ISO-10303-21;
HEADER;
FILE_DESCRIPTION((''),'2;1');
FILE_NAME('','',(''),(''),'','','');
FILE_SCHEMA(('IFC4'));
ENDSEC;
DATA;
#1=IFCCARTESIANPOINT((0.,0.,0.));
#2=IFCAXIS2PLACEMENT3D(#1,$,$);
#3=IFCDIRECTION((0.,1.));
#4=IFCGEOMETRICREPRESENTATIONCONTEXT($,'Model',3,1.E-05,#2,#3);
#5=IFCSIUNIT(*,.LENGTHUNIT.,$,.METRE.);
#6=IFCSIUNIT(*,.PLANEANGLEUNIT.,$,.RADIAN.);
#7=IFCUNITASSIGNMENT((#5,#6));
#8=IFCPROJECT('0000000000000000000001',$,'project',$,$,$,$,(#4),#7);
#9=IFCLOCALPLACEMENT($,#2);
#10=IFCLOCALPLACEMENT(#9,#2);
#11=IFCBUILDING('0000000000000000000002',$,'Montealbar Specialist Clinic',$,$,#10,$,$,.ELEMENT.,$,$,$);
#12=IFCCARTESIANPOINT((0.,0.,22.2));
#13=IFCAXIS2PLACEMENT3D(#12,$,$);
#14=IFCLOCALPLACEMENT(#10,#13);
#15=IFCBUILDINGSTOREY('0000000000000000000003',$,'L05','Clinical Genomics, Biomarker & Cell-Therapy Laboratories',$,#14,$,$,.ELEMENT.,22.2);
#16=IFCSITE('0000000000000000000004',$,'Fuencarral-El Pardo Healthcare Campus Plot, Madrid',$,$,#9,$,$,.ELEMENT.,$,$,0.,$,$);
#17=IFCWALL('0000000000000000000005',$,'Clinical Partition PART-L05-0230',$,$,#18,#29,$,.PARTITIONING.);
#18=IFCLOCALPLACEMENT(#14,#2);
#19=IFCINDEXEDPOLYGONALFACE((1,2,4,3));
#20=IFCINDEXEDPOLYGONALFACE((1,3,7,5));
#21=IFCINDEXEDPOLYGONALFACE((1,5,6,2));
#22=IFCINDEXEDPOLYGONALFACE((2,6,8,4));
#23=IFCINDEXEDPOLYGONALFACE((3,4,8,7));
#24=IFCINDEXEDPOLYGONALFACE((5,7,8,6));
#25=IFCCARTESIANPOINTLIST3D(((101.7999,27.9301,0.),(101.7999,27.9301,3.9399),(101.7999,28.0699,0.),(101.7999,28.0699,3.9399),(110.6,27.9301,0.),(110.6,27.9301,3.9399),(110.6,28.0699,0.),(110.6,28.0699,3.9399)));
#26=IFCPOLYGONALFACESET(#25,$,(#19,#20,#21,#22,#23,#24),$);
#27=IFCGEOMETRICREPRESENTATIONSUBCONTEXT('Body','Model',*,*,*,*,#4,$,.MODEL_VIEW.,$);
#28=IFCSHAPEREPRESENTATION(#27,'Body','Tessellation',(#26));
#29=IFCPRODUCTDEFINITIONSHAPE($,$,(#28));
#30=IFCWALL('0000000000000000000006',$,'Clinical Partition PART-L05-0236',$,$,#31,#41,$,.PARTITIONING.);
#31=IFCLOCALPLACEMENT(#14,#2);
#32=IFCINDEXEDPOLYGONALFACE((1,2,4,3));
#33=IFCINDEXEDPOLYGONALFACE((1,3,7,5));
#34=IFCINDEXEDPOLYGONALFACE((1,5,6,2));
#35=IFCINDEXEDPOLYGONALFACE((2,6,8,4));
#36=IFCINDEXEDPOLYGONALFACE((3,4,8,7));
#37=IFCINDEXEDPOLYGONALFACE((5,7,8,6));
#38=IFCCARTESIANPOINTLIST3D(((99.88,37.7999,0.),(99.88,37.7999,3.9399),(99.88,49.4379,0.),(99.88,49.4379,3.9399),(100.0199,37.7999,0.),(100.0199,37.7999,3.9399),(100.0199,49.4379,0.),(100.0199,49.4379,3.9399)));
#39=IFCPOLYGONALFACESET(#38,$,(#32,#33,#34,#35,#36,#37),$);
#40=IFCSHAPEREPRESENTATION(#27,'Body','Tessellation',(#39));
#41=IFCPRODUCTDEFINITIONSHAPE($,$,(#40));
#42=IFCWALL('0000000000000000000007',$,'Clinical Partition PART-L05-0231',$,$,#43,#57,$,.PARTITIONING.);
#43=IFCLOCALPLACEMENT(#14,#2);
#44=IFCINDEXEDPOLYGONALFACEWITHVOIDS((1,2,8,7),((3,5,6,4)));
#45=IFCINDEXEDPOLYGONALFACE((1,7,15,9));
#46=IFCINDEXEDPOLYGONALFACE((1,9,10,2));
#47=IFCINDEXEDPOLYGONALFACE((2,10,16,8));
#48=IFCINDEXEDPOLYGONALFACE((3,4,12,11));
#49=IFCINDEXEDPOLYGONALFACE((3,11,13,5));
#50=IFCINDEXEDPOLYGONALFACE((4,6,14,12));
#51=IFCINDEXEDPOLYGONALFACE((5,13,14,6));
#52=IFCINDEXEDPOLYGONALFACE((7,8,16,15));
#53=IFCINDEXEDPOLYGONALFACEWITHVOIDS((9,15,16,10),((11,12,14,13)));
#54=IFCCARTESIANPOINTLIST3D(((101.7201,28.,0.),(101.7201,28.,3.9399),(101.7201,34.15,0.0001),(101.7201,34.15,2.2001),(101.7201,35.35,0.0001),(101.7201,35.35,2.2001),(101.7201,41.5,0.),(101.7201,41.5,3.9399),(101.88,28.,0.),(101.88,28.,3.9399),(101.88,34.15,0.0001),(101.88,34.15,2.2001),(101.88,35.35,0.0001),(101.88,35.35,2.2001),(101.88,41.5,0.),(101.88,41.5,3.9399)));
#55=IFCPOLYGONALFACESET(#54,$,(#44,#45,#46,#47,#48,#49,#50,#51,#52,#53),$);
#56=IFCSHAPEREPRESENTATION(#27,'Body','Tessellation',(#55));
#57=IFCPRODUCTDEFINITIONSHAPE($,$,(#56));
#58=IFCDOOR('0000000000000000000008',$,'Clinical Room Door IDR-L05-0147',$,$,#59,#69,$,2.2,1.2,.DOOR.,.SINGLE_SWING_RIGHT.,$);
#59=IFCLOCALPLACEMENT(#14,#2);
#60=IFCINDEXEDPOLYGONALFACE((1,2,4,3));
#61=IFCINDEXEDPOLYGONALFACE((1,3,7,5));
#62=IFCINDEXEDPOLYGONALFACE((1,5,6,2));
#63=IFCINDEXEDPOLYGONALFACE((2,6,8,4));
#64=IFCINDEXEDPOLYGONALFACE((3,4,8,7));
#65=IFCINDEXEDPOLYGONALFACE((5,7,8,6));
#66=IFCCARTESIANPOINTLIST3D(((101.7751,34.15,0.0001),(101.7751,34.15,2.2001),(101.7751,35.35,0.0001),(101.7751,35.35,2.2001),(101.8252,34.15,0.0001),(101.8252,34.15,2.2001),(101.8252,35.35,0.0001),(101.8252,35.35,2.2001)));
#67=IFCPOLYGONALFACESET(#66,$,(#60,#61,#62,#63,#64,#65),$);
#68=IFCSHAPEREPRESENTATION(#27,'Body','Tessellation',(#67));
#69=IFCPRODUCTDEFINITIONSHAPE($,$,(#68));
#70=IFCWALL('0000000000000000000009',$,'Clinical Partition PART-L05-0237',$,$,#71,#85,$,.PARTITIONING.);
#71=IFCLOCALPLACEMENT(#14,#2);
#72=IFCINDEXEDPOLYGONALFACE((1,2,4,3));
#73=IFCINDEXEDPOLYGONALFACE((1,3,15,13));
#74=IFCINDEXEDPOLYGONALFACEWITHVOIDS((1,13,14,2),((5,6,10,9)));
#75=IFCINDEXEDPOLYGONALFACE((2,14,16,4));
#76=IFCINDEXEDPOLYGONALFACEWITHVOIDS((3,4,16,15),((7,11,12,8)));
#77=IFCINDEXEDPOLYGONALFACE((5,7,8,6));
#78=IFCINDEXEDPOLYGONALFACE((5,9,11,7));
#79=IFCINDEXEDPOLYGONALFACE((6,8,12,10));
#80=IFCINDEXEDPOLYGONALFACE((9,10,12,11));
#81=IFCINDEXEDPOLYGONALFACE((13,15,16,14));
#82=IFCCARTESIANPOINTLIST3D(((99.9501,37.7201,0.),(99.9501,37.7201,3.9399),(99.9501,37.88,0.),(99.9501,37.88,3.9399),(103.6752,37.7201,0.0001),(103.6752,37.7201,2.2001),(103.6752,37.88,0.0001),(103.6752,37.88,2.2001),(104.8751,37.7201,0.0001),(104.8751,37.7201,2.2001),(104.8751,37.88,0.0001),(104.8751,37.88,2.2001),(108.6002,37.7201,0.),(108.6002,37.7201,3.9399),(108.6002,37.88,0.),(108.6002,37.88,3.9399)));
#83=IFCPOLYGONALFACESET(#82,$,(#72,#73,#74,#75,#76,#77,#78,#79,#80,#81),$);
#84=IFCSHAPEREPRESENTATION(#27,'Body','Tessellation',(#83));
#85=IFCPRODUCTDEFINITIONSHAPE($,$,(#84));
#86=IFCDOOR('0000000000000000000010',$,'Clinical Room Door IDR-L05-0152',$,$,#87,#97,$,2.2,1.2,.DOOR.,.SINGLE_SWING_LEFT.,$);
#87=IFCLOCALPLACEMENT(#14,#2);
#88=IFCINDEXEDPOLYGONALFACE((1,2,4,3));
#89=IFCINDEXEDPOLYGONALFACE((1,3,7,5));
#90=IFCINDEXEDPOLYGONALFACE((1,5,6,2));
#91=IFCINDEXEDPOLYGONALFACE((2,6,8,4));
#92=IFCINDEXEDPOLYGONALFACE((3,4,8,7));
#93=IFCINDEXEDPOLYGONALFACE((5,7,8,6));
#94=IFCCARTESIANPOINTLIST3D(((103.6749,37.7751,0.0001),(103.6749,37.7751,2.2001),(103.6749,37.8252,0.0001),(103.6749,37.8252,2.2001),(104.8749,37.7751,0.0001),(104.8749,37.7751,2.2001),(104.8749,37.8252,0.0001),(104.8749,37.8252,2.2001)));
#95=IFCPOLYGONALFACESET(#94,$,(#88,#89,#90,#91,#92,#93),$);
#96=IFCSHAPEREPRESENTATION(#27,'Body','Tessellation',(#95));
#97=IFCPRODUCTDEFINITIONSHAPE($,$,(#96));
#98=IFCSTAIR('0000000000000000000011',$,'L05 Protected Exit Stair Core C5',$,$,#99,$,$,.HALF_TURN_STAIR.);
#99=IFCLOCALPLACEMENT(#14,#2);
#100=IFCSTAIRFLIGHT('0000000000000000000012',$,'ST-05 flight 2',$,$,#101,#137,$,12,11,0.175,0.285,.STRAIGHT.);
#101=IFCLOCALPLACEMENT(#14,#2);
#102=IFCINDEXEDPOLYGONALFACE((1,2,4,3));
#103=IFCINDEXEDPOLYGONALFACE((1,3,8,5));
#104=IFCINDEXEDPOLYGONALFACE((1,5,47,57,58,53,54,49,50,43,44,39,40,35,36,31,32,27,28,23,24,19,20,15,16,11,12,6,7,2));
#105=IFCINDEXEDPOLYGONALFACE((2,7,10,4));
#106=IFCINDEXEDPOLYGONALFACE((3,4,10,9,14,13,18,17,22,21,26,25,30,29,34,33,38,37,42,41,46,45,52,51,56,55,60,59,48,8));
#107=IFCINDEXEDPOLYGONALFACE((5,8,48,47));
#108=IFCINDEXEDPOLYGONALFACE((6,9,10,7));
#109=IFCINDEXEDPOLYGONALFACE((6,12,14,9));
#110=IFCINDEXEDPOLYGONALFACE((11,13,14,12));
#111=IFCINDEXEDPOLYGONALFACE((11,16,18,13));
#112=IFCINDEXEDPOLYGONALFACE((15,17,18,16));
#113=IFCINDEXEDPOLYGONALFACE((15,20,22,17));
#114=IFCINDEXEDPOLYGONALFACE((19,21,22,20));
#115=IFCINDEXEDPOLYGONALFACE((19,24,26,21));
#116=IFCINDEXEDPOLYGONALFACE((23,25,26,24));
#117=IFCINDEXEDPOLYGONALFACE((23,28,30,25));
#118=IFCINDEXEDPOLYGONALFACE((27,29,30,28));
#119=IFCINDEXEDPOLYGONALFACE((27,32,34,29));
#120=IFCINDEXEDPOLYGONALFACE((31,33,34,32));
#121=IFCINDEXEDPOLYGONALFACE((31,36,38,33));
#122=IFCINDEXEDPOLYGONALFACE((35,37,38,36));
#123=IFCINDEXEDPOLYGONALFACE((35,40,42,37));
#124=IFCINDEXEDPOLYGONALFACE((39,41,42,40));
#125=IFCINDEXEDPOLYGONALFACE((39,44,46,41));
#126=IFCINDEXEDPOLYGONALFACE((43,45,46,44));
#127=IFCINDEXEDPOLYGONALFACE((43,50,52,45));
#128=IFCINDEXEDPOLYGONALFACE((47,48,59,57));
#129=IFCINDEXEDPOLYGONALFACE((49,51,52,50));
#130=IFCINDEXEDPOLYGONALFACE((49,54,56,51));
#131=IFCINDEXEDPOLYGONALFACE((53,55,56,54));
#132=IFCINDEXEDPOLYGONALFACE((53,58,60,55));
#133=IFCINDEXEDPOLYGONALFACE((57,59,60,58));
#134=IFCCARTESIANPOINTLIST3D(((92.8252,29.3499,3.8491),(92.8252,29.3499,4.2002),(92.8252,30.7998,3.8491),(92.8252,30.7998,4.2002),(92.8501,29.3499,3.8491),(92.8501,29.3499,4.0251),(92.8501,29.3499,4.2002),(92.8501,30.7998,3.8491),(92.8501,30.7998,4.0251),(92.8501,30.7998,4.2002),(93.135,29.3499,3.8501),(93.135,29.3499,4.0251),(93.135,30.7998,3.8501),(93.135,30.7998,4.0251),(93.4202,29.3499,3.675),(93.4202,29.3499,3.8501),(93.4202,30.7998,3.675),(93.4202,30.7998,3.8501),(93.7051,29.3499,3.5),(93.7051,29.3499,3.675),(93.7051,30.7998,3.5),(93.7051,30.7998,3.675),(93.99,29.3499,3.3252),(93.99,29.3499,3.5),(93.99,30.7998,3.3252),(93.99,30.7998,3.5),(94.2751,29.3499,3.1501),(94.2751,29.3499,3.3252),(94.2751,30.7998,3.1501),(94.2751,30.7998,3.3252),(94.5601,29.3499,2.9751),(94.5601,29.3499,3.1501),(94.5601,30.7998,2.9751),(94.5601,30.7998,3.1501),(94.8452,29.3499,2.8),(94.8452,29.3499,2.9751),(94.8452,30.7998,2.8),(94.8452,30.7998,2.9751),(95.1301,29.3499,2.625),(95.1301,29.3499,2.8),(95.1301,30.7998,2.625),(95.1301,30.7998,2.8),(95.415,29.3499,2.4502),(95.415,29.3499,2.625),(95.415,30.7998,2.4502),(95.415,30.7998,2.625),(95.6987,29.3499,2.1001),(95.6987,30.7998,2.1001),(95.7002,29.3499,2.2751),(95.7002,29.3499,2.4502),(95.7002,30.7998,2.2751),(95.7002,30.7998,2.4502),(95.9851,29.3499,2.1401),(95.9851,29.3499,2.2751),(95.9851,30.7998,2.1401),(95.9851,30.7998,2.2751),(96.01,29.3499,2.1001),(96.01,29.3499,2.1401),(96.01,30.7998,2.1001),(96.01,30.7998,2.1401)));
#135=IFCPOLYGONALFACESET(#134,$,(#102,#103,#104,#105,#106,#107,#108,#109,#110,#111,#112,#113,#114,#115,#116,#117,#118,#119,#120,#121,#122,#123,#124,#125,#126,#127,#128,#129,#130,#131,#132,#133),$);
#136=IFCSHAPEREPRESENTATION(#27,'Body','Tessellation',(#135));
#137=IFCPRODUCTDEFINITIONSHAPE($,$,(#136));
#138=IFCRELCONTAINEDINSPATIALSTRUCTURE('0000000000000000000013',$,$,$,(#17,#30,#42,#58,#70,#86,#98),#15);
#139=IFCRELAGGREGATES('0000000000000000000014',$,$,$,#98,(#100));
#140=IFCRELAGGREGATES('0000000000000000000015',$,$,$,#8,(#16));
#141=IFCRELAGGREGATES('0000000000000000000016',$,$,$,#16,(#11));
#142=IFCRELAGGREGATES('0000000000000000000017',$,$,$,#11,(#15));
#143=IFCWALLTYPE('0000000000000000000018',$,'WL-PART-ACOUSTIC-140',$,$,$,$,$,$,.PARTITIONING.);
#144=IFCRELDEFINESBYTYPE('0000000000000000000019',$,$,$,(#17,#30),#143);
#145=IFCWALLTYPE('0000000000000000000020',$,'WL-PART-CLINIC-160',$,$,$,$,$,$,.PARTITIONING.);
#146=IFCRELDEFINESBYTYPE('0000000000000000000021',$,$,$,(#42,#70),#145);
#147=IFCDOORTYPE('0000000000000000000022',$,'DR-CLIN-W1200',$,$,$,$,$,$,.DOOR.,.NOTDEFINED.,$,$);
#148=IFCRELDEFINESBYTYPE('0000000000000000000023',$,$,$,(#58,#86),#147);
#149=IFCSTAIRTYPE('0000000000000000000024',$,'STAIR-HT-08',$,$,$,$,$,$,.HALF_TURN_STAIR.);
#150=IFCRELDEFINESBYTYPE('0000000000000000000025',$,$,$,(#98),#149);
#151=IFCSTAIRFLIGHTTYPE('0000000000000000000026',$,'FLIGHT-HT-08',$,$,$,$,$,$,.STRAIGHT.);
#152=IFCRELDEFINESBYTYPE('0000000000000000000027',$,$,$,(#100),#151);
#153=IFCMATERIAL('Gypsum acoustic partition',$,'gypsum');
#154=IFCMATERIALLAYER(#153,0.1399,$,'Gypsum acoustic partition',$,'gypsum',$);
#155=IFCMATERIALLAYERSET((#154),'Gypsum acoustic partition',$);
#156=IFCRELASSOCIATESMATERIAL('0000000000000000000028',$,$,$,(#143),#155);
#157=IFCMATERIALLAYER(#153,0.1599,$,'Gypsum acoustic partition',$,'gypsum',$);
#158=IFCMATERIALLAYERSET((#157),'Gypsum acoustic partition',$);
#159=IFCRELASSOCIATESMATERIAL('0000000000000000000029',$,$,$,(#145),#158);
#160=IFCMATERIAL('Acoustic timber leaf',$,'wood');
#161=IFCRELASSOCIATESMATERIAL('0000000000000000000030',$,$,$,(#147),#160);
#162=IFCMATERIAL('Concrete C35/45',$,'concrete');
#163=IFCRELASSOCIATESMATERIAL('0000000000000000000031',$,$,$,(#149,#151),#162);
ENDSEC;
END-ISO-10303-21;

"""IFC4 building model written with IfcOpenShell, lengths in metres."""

from ifc_helpers import new_model, si_unit, direction, frame, frame_2d, origin, place, context, subcontext, project, spatial, polyline, rectangle, outline, extrude, material, layer, layer_set, type_object, element, fill, aggregate, save


model = new_model("IFC4")

# Units and contexts
model_context = context("Model", 3, precision=1e-05, world=origin(), true_north=direction((0.0, 1.0)))
body_context = subcontext(model_context, "Body", "Model", "MODEL_VIEW")
ifc_project = project(units=[si_unit("LENGTHUNIT", "METRE"), si_unit("PLANEANGLEUNIT", "RADIAN")], contexts=[model_context])

# Site, building, storey
site_placement = place(None, origin())
site = spatial("IfcSite", under=ifc_project, at=site_placement, Name="Fuencarral-El Pardo Healthcare Campus Plot, Madrid", CompositionType="ELEMENT", RefElevation=0.0)
building_placement = place(site_placement, origin())
building = spatial("IfcBuilding", under=site, at=building_placement, Name="Montealbar Specialist Clinic", CompositionType="ELEMENT")
storey_placement = place(building_placement, frame((0.0, 0.0, 22.2)))
storey = spatial("IfcBuildingStorey", under=building, at=storey_placement, Name="L05", Description="Clinical Genomics, Biomarker & Cell-Therapy Laboratories", CompositionType="ELEMENT", Elevation=22.2)

# Shared definitions
ifc_material_1 = material(Name="Concrete C35/45", Category="concrete")

# Walls
ifc_material_2 = material(Name="Gypsum acoustic partition", Category="gypsum")
ifc_layer_1 = layer(ifc_material_2, 0.1399, Name="Gypsum acoustic partition", Category="gypsum")
ifc_layer_set_1 = layer_set([ifc_layer_1], Name="Gypsum acoustic partition")
wall_type_1 = type_object("IfcWallType", Name="WL-PART-ACOUSTIC-140", PredefinedType="PARTITIONING", material=ifc_layer_set_1)
wall_1_placement = place(storey_placement, frame((101.8, 28.0, 0.0), z_axis=(0.0, 0.0, 1.0), x_axis=(1.0, 0.0, 0.0)))
element("IfcWall", 1, at=wall_1_placement, inside=storey, type_object=wall_type_1, Name="Clinical Partition PART-L05-0230", PredefinedType="PARTITIONING", context=body_context, shape_type="SweptSolid", body=[
    extrude(rectangle(XDim=8.8, YDim=0.1399, at=frame_2d((4.3999, 0.0))), origin(), (0.0, 0.0, 1.0), 3.9399),
])
wall_2_placement = place(storey_placement, frame((99.95, 37.8, 0.0), z_axis=(0.0, 0.0, 1.0), x_axis=(0.0, 1.0, 0.0)))
element("IfcWall", 2, at=wall_2_placement, inside=storey, type_object=wall_type_1, Name="Clinical Partition PART-L05-0236", PredefinedType="PARTITIONING", context=body_context, shape_type="SweptSolid", body=[
    extrude(rectangle(XDim=11.6379, YDim=0.1399, at=frame_2d((5.8188, 0.0))), origin(), (0.0, 0.0, 1.0), 3.9399),
])

# Walls, openings, doors
ifc_layer_2 = layer(ifc_material_2, 0.1599, Name="Gypsum acoustic partition", Category="gypsum")
ifc_layer_set_2 = layer_set([ifc_layer_2], Name="Gypsum acoustic partition")
wall_type_2 = type_object("IfcWallType", Name="WL-PART-CLINIC-160", PredefinedType="PARTITIONING", material=ifc_layer_set_2)
wall_3_placement = place(storey_placement, frame((101.8, 28.0, 0.0), z_axis=(0.0, 0.0, 1.0), x_axis=(0.0, 1.0, 0.0)))
wall_3 = element("IfcWall", 3, at=wall_3_placement, inside=storey, type_object=wall_type_2, Name="Clinical Partition PART-L05-0231", PredefinedType="PARTITIONING", context=body_context, shape_type="SweptSolid", body=[
    extrude(rectangle(XDim=13.5, YDim=0.1599, at=frame_2d((6.75, 0.0))), origin(), (0.0, 0.0, 1.0), 3.9399),
])
opening_1_placement = place(wall_3_placement, frame((6.1499, 0.0, 0.0)))
opening_1 = element("IfcOpeningElement", 4, at=opening_1_placement, cuts=wall_3, PredefinedType="OPENING", context=body_context, shape_type="SweptSolid", body=[
    extrude(rectangle(XDim=1.2, YDim=2.2, at=frame_2d((0.6001, 1.1001))), frame((0.0, 0.0898, 0.0), z_axis=(0.0, -1.0, 0.0), x_axis=(1.0, 0.0, 0.0)), (0.0, 0.0, 1.0), 0.1799),
])
ifc_material_3 = material(Name="Acoustic timber leaf", Category="wood")
door_type_1 = type_object("IfcDoorType", Name="DR-CLIN-W1200", OperationType="NOTDEFINED", PredefinedType="DOOR", material=ifc_material_3)
door_1_placement = place(opening_1_placement, origin())
door_1 = element("IfcDoor", 5, at=door_1_placement, inside=storey, type_object=door_type_1, Name="Clinical Room Door IDR-L05-0147", OperationType="SINGLE_SWING_RIGHT", OverallHeight=2.2, OverallWidth=1.2, PredefinedType="DOOR", context=body_context, shape_type="SweptSolid", body=[
    extrude(rectangle(XDim=1.2, YDim=2.2, at=frame_2d((0.6001, 1.1001))), frame((0.0, 0.0249, 0.0), z_axis=(0.0, -1.0, 0.0), x_axis=(1.0, 0.0, 0.0)), (0.0, 0.0, 1.0), 0.05),
])
fill(opening_1, door_1)
wall_4_placement = place(storey_placement, frame((99.95, 37.8, 0.0), z_axis=(0.0, 0.0, 1.0), x_axis=(1.0, 0.0, 0.0)))
wall_4 = element("IfcWall", 6, at=wall_4_placement, inside=storey, type_object=wall_type_2, Name="Clinical Partition PART-L05-0237", PredefinedType="PARTITIONING", context=body_context, shape_type="SweptSolid", body=[
    extrude(rectangle(XDim=8.6501, YDim=0.1599, at=frame_2d((4.3252, 0.0))), origin(), (0.0, 0.0, 1.0), 3.9399),
])
opening_2_placement = place(wall_4_placement, frame((3.7251, 0.0, 0.0)))
opening_2 = element("IfcOpeningElement", 7, at=opening_2_placement, cuts=wall_4, PredefinedType="OPENING", context=body_context, shape_type="SweptSolid", body=[
    extrude(rectangle(XDim=1.2, YDim=2.2, at=frame_2d((0.6001, 1.1001))), frame((0.0, 0.0898, 0.0), z_axis=(0.0, -1.0, 0.0), x_axis=(1.0, 0.0, 0.0)), (0.0, 0.0, 1.0), 0.1799),
])
door_2_placement = place(opening_2_placement, frame((1.2, 0.0, 0.0), z_axis=(0.0, 0.0, 1.0), x_axis=(-1.0, 0.0, 0.0)))
door_2 = element("IfcDoor", 8, at=door_2_placement, inside=storey, type_object=door_type_1, Name="Clinical Room Door IDR-L05-0152", OperationType="SINGLE_SWING_LEFT", OverallHeight=2.2, OverallWidth=1.2, PredefinedType="DOOR", context=body_context, shape_type="SweptSolid", body=[
    extrude(rectangle(XDim=1.2, YDim=2.2, at=frame_2d((0.6001, 1.1001))), frame((0.0, 0.0249, 0.0), z_axis=(0.0, -1.0, 0.0), x_axis=(1.0, 0.0, 0.0)), (0.0, 0.0, 1.0), 0.05),
])
fill(opening_2, door_2)

# Stair, stair flight
stair_type = type_object("IfcStairType", Name="STAIR-HT-08", PredefinedType="HALF_TURN_STAIR", material=ifc_material_1)
stair_placement = place(storey_placement, origin())
stair = element("IfcStair", 9, at=stair_placement, inside=storey, type_object=stair_type, Name="L05 Protected Exit Stair Core C5", PredefinedType="HALF_TURN_STAIR")
stair_flight_type = type_object("IfcStairFlightType", Name="FLIGHT-HT-08", PredefinedType="STRAIGHT", material=ifc_material_1)
stair_flight_placement = place(storey_placement, frame((95.9851, 30.075, 2.1001), z_axis=(0.0, 0.0, 1.0), x_axis=(-1.0, 0.0, 0.0)))
stair_flight = element("IfcStairFlight", 10, at=stair_flight_placement, type_object=stair_flight_type, Name="ST-05 flight 2", NumberOfRisers=12, NumberOfTreads=11, PredefinedType="STRAIGHT", RiserHeight=0.175, TreadLength=0.285, context=body_context, shape_type="SweptSolid", body=[
    extrude(outline(polyline([(-0.0249, 0.0), (-0.0249, 0.04), (0.0, 0.04), (0.0, 0.175), (0.2849, 0.175), (0.2849, 0.3501), (0.5701, 0.3501), (0.5701, 0.5249), (0.855, 0.5249), (0.855, 0.7), (1.1399, 0.7), (1.1399, 0.875), (1.425, 0.875), (1.425, 1.05), (1.71, 1.05), (1.71, 1.2251), (1.9951, 1.2251), (1.9951, 1.3999), (2.28, 1.3999), (2.28, 1.575), (2.5649, 1.575), (2.5649, 1.75), (2.8501, 1.75), (2.8501, 1.925), (3.135, 1.925), (3.135, 2.1001), (3.1599, 2.1001), (3.1599, 1.749), (3.135, 1.749), (0.2864, 0.0), (-0.0249, 0.0)])), frame((0.0, 0.7251, 0.0), z_axis=(0.0, -1.0, 0.0), x_axis=(1.0, 0.0, 0.0)), (0.0, 0.0, 1.0), 1.45),
])
aggregate(stair, [stair_flight])

save(model, "model.ifc")
